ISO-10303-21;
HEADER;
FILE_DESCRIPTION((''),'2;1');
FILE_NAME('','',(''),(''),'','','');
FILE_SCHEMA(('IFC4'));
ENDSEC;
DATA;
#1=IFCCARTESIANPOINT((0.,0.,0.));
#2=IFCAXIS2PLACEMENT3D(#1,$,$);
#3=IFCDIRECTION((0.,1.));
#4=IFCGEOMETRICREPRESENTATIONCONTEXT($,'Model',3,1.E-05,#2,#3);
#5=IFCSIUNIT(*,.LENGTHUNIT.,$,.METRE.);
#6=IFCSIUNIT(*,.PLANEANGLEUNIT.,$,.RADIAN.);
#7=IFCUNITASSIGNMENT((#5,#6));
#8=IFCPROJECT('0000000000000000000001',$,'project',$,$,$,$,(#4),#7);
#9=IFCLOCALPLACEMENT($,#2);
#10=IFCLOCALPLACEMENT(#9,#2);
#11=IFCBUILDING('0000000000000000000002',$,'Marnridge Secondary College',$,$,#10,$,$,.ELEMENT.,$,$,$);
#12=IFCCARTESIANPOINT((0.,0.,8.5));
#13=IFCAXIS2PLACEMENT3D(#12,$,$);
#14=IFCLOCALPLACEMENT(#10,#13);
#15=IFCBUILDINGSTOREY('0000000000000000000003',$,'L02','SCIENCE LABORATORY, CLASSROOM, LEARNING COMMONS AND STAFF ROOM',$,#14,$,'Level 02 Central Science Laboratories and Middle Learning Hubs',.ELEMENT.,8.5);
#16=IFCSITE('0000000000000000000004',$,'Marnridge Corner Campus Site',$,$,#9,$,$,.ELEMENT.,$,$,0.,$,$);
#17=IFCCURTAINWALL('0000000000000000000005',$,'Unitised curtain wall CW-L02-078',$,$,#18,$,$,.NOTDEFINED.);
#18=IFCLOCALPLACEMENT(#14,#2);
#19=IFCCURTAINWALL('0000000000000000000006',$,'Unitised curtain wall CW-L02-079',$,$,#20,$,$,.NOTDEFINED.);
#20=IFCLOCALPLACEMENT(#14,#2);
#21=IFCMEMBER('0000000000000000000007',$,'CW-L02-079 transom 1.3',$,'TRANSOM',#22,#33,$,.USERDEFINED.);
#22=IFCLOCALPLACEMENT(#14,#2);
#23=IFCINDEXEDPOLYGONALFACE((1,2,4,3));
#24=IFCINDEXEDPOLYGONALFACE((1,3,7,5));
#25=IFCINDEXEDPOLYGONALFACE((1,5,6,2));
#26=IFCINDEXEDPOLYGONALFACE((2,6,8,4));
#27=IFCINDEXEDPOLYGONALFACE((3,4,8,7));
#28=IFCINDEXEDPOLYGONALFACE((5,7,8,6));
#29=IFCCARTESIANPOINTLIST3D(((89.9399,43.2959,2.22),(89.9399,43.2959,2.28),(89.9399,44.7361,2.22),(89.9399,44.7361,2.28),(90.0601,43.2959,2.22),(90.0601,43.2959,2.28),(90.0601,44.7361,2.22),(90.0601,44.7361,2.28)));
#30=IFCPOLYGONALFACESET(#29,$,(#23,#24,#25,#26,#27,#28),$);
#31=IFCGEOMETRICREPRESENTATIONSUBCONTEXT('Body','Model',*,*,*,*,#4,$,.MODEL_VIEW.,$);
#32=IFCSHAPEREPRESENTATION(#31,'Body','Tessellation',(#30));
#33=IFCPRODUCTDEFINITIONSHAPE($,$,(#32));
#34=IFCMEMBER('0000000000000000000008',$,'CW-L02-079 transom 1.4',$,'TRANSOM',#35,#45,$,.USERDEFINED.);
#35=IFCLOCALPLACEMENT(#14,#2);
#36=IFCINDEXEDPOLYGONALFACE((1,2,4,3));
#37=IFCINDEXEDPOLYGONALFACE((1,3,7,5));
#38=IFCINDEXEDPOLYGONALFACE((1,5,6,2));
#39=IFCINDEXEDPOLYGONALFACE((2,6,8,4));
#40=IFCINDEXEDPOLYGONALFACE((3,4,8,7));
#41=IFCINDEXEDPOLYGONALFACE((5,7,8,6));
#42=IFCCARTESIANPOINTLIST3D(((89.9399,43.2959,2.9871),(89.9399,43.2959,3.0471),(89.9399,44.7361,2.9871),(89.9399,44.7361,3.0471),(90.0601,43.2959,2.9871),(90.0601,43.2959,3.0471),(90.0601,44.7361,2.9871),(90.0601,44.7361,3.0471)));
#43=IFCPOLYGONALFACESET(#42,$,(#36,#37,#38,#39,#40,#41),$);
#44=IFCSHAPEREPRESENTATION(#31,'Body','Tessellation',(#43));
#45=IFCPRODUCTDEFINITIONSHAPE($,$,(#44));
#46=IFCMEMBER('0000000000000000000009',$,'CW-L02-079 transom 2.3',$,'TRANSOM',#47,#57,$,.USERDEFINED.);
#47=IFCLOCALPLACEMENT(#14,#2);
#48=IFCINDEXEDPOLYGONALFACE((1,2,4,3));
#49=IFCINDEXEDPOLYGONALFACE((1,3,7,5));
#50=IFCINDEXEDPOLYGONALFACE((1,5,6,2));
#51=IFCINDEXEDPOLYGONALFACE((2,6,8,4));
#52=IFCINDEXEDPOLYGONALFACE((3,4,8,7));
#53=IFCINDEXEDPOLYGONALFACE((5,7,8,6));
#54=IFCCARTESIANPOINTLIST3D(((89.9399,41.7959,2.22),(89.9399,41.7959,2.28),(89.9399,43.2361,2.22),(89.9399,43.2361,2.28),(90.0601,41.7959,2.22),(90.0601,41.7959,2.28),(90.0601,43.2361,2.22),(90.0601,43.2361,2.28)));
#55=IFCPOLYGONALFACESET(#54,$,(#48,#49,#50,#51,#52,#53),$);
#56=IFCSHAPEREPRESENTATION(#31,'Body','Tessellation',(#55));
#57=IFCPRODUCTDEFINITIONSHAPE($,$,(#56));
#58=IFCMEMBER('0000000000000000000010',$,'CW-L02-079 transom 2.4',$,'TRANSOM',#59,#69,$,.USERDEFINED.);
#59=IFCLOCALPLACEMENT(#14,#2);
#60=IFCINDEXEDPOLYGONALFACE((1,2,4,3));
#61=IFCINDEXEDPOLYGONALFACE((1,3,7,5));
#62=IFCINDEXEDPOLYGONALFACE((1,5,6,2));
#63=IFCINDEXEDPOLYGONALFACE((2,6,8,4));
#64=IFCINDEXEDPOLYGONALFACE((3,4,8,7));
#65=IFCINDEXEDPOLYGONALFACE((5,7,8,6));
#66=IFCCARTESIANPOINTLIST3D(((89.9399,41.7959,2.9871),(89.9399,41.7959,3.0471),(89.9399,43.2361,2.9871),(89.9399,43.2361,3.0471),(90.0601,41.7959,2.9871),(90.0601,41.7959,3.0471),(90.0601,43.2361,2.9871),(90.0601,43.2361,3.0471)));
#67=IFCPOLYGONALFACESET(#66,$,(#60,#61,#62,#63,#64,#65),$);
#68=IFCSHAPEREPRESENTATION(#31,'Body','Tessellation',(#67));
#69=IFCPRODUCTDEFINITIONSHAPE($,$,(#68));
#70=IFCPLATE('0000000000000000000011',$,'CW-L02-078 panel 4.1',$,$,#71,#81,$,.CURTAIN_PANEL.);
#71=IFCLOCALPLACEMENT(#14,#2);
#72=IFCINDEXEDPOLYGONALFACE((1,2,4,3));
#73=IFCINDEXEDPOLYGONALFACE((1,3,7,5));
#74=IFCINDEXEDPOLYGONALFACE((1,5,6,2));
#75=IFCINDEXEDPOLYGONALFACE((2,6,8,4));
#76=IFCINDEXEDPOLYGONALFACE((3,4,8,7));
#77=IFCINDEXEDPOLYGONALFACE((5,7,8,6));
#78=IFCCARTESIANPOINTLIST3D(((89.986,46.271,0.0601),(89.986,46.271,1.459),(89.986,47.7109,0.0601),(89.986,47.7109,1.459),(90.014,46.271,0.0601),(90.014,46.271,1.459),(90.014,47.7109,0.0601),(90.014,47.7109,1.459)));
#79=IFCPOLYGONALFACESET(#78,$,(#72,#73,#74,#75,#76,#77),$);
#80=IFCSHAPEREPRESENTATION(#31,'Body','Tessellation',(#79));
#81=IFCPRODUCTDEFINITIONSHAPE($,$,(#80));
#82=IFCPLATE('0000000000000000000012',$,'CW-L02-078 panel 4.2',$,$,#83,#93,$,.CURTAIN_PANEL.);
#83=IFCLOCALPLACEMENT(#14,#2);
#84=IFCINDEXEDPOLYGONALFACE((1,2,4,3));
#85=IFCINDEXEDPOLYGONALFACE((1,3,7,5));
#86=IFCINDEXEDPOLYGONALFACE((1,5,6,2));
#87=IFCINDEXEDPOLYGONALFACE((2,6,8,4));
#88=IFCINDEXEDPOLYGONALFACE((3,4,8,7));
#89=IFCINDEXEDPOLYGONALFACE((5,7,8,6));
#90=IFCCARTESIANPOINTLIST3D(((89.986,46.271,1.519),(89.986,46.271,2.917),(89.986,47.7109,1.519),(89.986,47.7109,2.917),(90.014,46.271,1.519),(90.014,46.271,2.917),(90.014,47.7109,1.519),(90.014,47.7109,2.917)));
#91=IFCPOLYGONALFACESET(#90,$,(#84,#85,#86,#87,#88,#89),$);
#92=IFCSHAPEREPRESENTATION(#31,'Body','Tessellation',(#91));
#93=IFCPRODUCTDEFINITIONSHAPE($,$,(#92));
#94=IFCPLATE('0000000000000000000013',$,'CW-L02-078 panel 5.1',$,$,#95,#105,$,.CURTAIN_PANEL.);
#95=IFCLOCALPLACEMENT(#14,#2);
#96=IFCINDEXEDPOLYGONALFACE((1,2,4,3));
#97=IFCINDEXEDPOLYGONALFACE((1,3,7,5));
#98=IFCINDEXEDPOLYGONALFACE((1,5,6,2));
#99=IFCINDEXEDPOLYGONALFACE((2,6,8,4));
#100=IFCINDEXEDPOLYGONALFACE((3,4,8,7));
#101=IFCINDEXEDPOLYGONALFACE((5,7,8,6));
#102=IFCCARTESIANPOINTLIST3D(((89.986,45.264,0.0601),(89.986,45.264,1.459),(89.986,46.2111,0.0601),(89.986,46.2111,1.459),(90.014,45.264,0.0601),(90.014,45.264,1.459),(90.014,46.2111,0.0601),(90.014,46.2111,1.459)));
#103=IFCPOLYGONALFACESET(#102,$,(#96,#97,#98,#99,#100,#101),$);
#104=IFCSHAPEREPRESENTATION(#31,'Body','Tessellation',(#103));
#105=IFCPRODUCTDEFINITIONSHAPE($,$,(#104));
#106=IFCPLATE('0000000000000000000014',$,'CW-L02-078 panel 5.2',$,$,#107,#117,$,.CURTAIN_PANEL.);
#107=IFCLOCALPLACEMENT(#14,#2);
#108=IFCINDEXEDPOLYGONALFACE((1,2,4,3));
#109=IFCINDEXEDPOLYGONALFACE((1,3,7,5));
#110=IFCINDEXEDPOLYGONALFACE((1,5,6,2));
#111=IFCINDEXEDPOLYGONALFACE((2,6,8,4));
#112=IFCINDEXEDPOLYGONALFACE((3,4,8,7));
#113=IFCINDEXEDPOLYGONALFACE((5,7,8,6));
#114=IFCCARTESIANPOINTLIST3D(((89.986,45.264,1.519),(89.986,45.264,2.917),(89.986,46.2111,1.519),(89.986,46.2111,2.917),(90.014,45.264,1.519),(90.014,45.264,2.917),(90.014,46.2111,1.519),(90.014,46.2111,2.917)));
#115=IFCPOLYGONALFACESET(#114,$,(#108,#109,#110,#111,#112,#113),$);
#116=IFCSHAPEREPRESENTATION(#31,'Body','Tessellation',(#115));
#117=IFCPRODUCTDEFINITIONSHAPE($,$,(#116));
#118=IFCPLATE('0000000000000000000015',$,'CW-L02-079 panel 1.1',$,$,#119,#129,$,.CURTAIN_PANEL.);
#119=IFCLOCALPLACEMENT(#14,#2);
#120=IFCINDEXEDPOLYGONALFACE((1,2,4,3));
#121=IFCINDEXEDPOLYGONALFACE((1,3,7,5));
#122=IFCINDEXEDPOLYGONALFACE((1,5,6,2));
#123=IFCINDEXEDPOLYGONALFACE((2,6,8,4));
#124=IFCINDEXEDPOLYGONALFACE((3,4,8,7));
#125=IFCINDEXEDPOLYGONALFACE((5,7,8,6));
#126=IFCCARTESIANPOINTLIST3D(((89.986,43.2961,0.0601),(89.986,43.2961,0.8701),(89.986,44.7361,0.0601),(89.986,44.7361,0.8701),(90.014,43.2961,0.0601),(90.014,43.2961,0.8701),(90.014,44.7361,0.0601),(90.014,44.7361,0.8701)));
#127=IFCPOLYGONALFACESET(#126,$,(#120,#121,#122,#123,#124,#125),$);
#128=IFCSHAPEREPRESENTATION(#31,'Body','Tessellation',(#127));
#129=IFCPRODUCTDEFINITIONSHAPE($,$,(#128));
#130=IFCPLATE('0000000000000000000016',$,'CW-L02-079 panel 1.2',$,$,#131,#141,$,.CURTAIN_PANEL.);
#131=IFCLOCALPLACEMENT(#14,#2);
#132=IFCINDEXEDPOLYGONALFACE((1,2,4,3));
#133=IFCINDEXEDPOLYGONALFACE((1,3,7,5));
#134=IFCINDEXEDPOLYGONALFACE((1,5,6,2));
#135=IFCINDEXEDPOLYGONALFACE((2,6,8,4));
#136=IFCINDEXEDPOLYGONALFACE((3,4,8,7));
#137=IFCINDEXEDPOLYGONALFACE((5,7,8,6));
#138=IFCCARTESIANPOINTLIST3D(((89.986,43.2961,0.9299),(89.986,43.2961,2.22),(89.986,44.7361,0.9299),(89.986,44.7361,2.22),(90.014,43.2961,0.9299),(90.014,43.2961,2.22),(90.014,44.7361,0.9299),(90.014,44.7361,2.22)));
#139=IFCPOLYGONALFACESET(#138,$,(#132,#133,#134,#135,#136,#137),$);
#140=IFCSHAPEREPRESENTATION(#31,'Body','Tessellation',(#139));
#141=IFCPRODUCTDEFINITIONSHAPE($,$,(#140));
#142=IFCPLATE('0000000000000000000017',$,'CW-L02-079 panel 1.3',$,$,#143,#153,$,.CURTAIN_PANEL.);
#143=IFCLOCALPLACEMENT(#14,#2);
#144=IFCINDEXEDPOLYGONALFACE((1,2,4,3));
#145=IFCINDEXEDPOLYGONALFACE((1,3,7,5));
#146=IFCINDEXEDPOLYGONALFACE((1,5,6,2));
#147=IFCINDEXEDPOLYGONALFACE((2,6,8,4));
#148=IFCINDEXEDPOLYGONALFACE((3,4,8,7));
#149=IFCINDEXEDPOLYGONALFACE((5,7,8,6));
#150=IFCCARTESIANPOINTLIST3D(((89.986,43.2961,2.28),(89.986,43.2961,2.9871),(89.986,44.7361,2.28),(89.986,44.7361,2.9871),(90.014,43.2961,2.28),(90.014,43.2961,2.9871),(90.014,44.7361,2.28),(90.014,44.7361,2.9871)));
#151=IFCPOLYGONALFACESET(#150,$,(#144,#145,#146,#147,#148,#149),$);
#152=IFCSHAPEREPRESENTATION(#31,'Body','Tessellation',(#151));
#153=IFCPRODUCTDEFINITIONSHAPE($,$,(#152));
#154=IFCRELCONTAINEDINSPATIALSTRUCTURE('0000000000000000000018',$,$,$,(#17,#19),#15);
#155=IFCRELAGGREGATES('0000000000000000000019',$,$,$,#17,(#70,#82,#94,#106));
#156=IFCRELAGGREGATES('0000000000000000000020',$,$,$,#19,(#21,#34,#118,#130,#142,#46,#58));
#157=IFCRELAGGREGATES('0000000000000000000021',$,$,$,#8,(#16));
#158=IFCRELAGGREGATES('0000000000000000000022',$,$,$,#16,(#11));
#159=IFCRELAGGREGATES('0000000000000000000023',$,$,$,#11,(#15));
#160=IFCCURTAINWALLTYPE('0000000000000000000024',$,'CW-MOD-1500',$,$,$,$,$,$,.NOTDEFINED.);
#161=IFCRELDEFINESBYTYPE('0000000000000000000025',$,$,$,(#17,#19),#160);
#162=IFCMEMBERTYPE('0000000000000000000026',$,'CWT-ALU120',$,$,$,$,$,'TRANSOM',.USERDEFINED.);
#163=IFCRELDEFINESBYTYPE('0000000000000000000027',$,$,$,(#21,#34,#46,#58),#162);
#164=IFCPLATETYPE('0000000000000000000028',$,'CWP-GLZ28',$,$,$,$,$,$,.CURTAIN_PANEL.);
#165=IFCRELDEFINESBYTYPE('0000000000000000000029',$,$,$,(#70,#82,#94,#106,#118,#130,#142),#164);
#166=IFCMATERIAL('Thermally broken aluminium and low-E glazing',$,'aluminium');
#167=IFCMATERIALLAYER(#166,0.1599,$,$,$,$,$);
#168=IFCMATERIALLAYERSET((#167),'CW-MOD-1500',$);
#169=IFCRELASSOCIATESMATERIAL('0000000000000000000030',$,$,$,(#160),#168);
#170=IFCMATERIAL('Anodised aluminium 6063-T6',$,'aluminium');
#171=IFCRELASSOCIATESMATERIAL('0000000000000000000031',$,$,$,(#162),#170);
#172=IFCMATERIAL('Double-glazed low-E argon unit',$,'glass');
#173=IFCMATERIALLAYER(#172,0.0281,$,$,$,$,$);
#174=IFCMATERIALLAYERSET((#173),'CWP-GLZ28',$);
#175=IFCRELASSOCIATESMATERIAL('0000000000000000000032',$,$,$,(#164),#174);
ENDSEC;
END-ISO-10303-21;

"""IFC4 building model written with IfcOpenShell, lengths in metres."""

from ifc_helpers import new_model, si_unit, direction, frame, origin, origin_2d, place, context, subcontext, project, spatial, rectangle, extrude, material, layer, layer_set, material_profile, profile_set, type_object, element, aggregate, save


model = new_model("IFC4")

# Units and contexts
model_context = context("Model", 3, precision=1e-05, world=origin(), true_north=direction((0.0, 1.0)))
body_context = subcontext(model_context, "Body", "Model", "MODEL_VIEW")
ifc_project = project(units=[si_unit("LENGTHUNIT", "METRE"), si_unit("PLANEANGLEUNIT", "RADIAN")], contexts=[model_context])

# Site, building, storey
site_placement = place(None, origin())
site = spatial("IfcSite", under=ifc_project, at=site_placement, Name="Marnridge Corner Campus Site", CompositionType="ELEMENT", RefElevation=0.0)
building_placement = place(site_placement, origin())
building = spatial("IfcBuilding", under=site, at=building_placement, Name="Marnridge Secondary College", CompositionType="ELEMENT")
storey_placement = place(building_placement, frame((0.0, 0.0, 8.5)))
storey = spatial("IfcBuildingStorey", under=building, at=storey_placement, Name="L02", Description="SCIENCE LABORATORY, CLASSROOM, LEARNING COMMONS AND STAFF ROOM", LongName="Level 02 Central Science Laboratories and Middle Learning Hubs", CompositionType="ELEMENT", Elevation=8.5)

# Curtain walls
ifc_material_1 = material(Name="Thermally broken aluminium and low-E glazing", Category="aluminium")
ifc_layer_1 = layer(ifc_material_1, 0.1599)
ifc_layer_set_1 = layer_set([ifc_layer_1], Name="CW-MOD-1500")
curtain_wall_type = type_object("IfcCurtainWallType", Name="CW-MOD-1500", PredefinedType="NOTDEFINED", material=ifc_layer_set_1)
curtain_wall_1_placement = place(storey_placement, origin())
curtain_wall_1 = element("IfcCurtainWall", 1, at=curtain_wall_1_placement, inside=storey, type_object=curtain_wall_type, Name="Unitised curtain wall CW-L02-078", PredefinedType="NOTDEFINED")
curtain_wall_2_placement = place(storey_placement, origin())
curtain_wall_2 = element("IfcCurtainWall", 2, at=curtain_wall_2_placement, inside=storey, type_object=curtain_wall_type, Name="Unitised curtain wall CW-L02-079", PredefinedType="NOTDEFINED")

# Members
ifc_material_2 = material(Name="Anodised aluminium 6063-T6", Category="aluminium")
ifc_material_profile_1 = material_profile(ifc_material_2, rectangle(XDim=0.0601, YDim=0.1201, at=origin_2d()), Name="ALU 60x120")
ifc_profile_set_1 = profile_set([ifc_material_profile_1], Name="Anodised aluminium 6063-T6")
member_type_1 = type_object("IfcMemberType", Name="CWT-ALU120", ElementType="TRANSOM", PredefinedType="USERDEFINED", material=ifc_profile_set_1)
member_1_placement = place(storey_placement, frame((90.0, 44.7361, 2.25), z_axis=(0.0, -1.0, 0.0), x_axis=(0.0, 0.0, 1.0)))
member_1 = element("IfcMember", 3, at=member_1_placement, type_object=member_type_1, Name="CW-L02-079 transom 1.3", ObjectType="TRANSOM", PredefinedType="USERDEFINED", context=body_context, shape_type="SweptSolid", body=[
    extrude(rectangle(XDim=0.0601, YDim=0.1201, at=origin_2d()), origin(), (0.0, 0.0, 1.0), 1.4402),
])
member_2_placement = place(storey_placement, frame((90.0, 44.7361, 3.0171), z_axis=(0.0, -1.0, 0.0), x_axis=(0.0, 0.0, 1.0)))
member_2 = element("IfcMember", 4, at=member_2_placement, type_object=member_type_1, Name="CW-L02-079 transom 1.4", ObjectType="TRANSOM", PredefinedType="USERDEFINED", context=body_context, shape_type="SweptSolid", body=[
    extrude(rectangle(XDim=0.0601, YDim=0.1201, at=origin_2d()), origin(), (0.0, 0.0, 1.0), 1.4402),
])
member_3_placement = place(storey_placement, frame((90.0, 43.2361, 2.25), z_axis=(0.0, -1.0, 0.0), x_axis=(0.0, 0.0, 1.0)))
member_3 = element("IfcMember", 5, at=member_3_placement, type_object=member_type_1, Name="CW-L02-079 transom 2.3", ObjectType="TRANSOM", PredefinedType="USERDEFINED", context=body_context, shape_type="SweptSolid", body=[
    extrude(rectangle(XDim=0.0601, YDim=0.1201, at=origin_2d()), origin(), (0.0, 0.0, 1.0), 1.4402),
])
member_4_placement = place(storey_placement, frame((90.0, 43.2361, 3.0171), z_axis=(0.0, -1.0, 0.0), x_axis=(0.0, 0.0, 1.0)))
member_4 = element("IfcMember", 6, at=member_4_placement, type_object=member_type_1, Name="CW-L02-079 transom 2.4", ObjectType="TRANSOM", PredefinedType="USERDEFINED", context=body_context, shape_type="SweptSolid", body=[
    extrude(rectangle(XDim=0.0601, YDim=0.1201, at=origin_2d()), origin(), (0.0, 0.0, 1.0), 1.4402),
])

# Plates
ifc_material_3 = material(Name="Double-glazed low-E argon unit", Category="glass")
ifc_layer_2 = layer(ifc_material_3, 0.0281)
ifc_layer_set_2 = layer_set([ifc_layer_2], Name="CWP-GLZ28")
plate_type = type_object("IfcPlateType", Name="CWP-GLZ28", PredefinedType="CURTAIN_PANEL", material=ifc_layer_set_2)
plate_1_placement = place(storey_placement, frame((90.0, 46.991, 0.0601), z_axis=(0.0, 0.0, 1.0), x_axis=(0.0, -1.0, 0.0)))
plate_1 = element("IfcPlate", 7, at=plate_1_placement, type_object=plate_type, Name="CW-L02-078 panel 4.1", PredefinedType="CURTAIN_PANEL", context=body_context, shape_type="SweptSolid", body=[
    extrude(rectangle(XDim=1.4399, YDim=0.0281, at=origin_2d()), origin(), (0.0, 0.0, 1.0), 1.3989),
])
plate_2_placement = place(storey_placement, frame((90.0, 46.991, 1.519), z_axis=(0.0, 0.0, 1.0), x_axis=(0.0, -1.0, 0.0)))
plate_2 = element("IfcPlate", 8, at=plate_2_placement, type_object=plate_type, Name="CW-L02-078 panel 4.2", PredefinedType="CURTAIN_PANEL", context=body_context, shape_type="SweptSolid", body=[
    extrude(rectangle(XDim=1.4399, YDim=0.0281, at=origin_2d()), origin(), (0.0, 0.0, 1.0), 1.3979),
])
plate_3_placement = place(storey_placement, frame((90.0, 45.7375, 0.0601), z_axis=(0.0, 0.0, 1.0), x_axis=(0.0, -1.0, 0.0)))
plate_3 = element("IfcPlate", 9, at=plate_3_placement, type_object=plate_type, Name="CW-L02-078 panel 5.1", PredefinedType="CURTAIN_PANEL", context=body_context, shape_type="SweptSolid", body=[
    extrude(rectangle(XDim=0.947, YDim=0.0281, at=origin_2d()), origin(), (0.0, 0.0, 1.0), 1.3989),
])
plate_4_placement = place(storey_placement, frame((90.0, 45.7375, 1.519), z_axis=(0.0, 0.0, 1.0), x_axis=(0.0, -1.0, 0.0)))
plate_4 = element("IfcPlate", 10, at=plate_4_placement, type_object=plate_type, Name="CW-L02-078 panel 5.2", PredefinedType="CURTAIN_PANEL", context=body_context, shape_type="SweptSolid", body=[
    extrude(rectangle(XDim=0.947, YDim=0.0281, at=origin_2d()), origin(), (0.0, 0.0, 1.0), 1.3979),
])
aggregate(curtain_wall_1, [plate_1, plate_2, plate_3, plate_4])
plate_5_placement = place(storey_placement, frame((90.0, 44.0161, 0.0601), z_axis=(0.0, 0.0, 1.0), x_axis=(0.0, -1.0, 0.0)))
plate_5 = element("IfcPlate", 11, at=plate_5_placement, type_object=plate_type, Name="CW-L02-079 panel 1.1", PredefinedType="CURTAIN_PANEL", context=body_context, shape_type="SweptSolid", body=[
    extrude(rectangle(XDim=1.4399, YDim=0.0281, at=origin_2d()), origin(), (0.0, 0.0, 1.0), 0.8101),
])
plate_6_placement = place(storey_placement, frame((90.0, 44.0161, 0.9299), z_axis=(0.0, 0.0, 1.0), x_axis=(0.0, -1.0, 0.0)))
plate_6 = element("IfcPlate", 12, at=plate_6_placement, type_object=plate_type, Name="CW-L02-079 panel 1.2", PredefinedType="CURTAIN_PANEL", context=body_context, shape_type="SweptSolid", body=[
    extrude(rectangle(XDim=1.4399, YDim=0.0281, at=origin_2d()), origin(), (0.0, 0.0, 1.0), 1.29),
])
plate_7_placement = place(storey_placement, frame((90.0, 44.0161, 2.28), z_axis=(0.0, 0.0, 1.0), x_axis=(0.0, -1.0, 0.0)))
plate_7 = element("IfcPlate", 13, at=plate_7_placement, type_object=plate_type, Name="CW-L02-079 panel 1.3", PredefinedType="CURTAIN_PANEL", context=body_context, shape_type="SweptSolid", body=[
    extrude(rectangle(XDim=1.4399, YDim=0.0281, at=origin_2d()), origin(), (0.0, 0.0, 1.0), 0.707),
])
aggregate(curtain_wall_2, [member_1, member_2, plate_5, plate_6, plate_7, member_3, member_4])

save(model, "model.ifc")
